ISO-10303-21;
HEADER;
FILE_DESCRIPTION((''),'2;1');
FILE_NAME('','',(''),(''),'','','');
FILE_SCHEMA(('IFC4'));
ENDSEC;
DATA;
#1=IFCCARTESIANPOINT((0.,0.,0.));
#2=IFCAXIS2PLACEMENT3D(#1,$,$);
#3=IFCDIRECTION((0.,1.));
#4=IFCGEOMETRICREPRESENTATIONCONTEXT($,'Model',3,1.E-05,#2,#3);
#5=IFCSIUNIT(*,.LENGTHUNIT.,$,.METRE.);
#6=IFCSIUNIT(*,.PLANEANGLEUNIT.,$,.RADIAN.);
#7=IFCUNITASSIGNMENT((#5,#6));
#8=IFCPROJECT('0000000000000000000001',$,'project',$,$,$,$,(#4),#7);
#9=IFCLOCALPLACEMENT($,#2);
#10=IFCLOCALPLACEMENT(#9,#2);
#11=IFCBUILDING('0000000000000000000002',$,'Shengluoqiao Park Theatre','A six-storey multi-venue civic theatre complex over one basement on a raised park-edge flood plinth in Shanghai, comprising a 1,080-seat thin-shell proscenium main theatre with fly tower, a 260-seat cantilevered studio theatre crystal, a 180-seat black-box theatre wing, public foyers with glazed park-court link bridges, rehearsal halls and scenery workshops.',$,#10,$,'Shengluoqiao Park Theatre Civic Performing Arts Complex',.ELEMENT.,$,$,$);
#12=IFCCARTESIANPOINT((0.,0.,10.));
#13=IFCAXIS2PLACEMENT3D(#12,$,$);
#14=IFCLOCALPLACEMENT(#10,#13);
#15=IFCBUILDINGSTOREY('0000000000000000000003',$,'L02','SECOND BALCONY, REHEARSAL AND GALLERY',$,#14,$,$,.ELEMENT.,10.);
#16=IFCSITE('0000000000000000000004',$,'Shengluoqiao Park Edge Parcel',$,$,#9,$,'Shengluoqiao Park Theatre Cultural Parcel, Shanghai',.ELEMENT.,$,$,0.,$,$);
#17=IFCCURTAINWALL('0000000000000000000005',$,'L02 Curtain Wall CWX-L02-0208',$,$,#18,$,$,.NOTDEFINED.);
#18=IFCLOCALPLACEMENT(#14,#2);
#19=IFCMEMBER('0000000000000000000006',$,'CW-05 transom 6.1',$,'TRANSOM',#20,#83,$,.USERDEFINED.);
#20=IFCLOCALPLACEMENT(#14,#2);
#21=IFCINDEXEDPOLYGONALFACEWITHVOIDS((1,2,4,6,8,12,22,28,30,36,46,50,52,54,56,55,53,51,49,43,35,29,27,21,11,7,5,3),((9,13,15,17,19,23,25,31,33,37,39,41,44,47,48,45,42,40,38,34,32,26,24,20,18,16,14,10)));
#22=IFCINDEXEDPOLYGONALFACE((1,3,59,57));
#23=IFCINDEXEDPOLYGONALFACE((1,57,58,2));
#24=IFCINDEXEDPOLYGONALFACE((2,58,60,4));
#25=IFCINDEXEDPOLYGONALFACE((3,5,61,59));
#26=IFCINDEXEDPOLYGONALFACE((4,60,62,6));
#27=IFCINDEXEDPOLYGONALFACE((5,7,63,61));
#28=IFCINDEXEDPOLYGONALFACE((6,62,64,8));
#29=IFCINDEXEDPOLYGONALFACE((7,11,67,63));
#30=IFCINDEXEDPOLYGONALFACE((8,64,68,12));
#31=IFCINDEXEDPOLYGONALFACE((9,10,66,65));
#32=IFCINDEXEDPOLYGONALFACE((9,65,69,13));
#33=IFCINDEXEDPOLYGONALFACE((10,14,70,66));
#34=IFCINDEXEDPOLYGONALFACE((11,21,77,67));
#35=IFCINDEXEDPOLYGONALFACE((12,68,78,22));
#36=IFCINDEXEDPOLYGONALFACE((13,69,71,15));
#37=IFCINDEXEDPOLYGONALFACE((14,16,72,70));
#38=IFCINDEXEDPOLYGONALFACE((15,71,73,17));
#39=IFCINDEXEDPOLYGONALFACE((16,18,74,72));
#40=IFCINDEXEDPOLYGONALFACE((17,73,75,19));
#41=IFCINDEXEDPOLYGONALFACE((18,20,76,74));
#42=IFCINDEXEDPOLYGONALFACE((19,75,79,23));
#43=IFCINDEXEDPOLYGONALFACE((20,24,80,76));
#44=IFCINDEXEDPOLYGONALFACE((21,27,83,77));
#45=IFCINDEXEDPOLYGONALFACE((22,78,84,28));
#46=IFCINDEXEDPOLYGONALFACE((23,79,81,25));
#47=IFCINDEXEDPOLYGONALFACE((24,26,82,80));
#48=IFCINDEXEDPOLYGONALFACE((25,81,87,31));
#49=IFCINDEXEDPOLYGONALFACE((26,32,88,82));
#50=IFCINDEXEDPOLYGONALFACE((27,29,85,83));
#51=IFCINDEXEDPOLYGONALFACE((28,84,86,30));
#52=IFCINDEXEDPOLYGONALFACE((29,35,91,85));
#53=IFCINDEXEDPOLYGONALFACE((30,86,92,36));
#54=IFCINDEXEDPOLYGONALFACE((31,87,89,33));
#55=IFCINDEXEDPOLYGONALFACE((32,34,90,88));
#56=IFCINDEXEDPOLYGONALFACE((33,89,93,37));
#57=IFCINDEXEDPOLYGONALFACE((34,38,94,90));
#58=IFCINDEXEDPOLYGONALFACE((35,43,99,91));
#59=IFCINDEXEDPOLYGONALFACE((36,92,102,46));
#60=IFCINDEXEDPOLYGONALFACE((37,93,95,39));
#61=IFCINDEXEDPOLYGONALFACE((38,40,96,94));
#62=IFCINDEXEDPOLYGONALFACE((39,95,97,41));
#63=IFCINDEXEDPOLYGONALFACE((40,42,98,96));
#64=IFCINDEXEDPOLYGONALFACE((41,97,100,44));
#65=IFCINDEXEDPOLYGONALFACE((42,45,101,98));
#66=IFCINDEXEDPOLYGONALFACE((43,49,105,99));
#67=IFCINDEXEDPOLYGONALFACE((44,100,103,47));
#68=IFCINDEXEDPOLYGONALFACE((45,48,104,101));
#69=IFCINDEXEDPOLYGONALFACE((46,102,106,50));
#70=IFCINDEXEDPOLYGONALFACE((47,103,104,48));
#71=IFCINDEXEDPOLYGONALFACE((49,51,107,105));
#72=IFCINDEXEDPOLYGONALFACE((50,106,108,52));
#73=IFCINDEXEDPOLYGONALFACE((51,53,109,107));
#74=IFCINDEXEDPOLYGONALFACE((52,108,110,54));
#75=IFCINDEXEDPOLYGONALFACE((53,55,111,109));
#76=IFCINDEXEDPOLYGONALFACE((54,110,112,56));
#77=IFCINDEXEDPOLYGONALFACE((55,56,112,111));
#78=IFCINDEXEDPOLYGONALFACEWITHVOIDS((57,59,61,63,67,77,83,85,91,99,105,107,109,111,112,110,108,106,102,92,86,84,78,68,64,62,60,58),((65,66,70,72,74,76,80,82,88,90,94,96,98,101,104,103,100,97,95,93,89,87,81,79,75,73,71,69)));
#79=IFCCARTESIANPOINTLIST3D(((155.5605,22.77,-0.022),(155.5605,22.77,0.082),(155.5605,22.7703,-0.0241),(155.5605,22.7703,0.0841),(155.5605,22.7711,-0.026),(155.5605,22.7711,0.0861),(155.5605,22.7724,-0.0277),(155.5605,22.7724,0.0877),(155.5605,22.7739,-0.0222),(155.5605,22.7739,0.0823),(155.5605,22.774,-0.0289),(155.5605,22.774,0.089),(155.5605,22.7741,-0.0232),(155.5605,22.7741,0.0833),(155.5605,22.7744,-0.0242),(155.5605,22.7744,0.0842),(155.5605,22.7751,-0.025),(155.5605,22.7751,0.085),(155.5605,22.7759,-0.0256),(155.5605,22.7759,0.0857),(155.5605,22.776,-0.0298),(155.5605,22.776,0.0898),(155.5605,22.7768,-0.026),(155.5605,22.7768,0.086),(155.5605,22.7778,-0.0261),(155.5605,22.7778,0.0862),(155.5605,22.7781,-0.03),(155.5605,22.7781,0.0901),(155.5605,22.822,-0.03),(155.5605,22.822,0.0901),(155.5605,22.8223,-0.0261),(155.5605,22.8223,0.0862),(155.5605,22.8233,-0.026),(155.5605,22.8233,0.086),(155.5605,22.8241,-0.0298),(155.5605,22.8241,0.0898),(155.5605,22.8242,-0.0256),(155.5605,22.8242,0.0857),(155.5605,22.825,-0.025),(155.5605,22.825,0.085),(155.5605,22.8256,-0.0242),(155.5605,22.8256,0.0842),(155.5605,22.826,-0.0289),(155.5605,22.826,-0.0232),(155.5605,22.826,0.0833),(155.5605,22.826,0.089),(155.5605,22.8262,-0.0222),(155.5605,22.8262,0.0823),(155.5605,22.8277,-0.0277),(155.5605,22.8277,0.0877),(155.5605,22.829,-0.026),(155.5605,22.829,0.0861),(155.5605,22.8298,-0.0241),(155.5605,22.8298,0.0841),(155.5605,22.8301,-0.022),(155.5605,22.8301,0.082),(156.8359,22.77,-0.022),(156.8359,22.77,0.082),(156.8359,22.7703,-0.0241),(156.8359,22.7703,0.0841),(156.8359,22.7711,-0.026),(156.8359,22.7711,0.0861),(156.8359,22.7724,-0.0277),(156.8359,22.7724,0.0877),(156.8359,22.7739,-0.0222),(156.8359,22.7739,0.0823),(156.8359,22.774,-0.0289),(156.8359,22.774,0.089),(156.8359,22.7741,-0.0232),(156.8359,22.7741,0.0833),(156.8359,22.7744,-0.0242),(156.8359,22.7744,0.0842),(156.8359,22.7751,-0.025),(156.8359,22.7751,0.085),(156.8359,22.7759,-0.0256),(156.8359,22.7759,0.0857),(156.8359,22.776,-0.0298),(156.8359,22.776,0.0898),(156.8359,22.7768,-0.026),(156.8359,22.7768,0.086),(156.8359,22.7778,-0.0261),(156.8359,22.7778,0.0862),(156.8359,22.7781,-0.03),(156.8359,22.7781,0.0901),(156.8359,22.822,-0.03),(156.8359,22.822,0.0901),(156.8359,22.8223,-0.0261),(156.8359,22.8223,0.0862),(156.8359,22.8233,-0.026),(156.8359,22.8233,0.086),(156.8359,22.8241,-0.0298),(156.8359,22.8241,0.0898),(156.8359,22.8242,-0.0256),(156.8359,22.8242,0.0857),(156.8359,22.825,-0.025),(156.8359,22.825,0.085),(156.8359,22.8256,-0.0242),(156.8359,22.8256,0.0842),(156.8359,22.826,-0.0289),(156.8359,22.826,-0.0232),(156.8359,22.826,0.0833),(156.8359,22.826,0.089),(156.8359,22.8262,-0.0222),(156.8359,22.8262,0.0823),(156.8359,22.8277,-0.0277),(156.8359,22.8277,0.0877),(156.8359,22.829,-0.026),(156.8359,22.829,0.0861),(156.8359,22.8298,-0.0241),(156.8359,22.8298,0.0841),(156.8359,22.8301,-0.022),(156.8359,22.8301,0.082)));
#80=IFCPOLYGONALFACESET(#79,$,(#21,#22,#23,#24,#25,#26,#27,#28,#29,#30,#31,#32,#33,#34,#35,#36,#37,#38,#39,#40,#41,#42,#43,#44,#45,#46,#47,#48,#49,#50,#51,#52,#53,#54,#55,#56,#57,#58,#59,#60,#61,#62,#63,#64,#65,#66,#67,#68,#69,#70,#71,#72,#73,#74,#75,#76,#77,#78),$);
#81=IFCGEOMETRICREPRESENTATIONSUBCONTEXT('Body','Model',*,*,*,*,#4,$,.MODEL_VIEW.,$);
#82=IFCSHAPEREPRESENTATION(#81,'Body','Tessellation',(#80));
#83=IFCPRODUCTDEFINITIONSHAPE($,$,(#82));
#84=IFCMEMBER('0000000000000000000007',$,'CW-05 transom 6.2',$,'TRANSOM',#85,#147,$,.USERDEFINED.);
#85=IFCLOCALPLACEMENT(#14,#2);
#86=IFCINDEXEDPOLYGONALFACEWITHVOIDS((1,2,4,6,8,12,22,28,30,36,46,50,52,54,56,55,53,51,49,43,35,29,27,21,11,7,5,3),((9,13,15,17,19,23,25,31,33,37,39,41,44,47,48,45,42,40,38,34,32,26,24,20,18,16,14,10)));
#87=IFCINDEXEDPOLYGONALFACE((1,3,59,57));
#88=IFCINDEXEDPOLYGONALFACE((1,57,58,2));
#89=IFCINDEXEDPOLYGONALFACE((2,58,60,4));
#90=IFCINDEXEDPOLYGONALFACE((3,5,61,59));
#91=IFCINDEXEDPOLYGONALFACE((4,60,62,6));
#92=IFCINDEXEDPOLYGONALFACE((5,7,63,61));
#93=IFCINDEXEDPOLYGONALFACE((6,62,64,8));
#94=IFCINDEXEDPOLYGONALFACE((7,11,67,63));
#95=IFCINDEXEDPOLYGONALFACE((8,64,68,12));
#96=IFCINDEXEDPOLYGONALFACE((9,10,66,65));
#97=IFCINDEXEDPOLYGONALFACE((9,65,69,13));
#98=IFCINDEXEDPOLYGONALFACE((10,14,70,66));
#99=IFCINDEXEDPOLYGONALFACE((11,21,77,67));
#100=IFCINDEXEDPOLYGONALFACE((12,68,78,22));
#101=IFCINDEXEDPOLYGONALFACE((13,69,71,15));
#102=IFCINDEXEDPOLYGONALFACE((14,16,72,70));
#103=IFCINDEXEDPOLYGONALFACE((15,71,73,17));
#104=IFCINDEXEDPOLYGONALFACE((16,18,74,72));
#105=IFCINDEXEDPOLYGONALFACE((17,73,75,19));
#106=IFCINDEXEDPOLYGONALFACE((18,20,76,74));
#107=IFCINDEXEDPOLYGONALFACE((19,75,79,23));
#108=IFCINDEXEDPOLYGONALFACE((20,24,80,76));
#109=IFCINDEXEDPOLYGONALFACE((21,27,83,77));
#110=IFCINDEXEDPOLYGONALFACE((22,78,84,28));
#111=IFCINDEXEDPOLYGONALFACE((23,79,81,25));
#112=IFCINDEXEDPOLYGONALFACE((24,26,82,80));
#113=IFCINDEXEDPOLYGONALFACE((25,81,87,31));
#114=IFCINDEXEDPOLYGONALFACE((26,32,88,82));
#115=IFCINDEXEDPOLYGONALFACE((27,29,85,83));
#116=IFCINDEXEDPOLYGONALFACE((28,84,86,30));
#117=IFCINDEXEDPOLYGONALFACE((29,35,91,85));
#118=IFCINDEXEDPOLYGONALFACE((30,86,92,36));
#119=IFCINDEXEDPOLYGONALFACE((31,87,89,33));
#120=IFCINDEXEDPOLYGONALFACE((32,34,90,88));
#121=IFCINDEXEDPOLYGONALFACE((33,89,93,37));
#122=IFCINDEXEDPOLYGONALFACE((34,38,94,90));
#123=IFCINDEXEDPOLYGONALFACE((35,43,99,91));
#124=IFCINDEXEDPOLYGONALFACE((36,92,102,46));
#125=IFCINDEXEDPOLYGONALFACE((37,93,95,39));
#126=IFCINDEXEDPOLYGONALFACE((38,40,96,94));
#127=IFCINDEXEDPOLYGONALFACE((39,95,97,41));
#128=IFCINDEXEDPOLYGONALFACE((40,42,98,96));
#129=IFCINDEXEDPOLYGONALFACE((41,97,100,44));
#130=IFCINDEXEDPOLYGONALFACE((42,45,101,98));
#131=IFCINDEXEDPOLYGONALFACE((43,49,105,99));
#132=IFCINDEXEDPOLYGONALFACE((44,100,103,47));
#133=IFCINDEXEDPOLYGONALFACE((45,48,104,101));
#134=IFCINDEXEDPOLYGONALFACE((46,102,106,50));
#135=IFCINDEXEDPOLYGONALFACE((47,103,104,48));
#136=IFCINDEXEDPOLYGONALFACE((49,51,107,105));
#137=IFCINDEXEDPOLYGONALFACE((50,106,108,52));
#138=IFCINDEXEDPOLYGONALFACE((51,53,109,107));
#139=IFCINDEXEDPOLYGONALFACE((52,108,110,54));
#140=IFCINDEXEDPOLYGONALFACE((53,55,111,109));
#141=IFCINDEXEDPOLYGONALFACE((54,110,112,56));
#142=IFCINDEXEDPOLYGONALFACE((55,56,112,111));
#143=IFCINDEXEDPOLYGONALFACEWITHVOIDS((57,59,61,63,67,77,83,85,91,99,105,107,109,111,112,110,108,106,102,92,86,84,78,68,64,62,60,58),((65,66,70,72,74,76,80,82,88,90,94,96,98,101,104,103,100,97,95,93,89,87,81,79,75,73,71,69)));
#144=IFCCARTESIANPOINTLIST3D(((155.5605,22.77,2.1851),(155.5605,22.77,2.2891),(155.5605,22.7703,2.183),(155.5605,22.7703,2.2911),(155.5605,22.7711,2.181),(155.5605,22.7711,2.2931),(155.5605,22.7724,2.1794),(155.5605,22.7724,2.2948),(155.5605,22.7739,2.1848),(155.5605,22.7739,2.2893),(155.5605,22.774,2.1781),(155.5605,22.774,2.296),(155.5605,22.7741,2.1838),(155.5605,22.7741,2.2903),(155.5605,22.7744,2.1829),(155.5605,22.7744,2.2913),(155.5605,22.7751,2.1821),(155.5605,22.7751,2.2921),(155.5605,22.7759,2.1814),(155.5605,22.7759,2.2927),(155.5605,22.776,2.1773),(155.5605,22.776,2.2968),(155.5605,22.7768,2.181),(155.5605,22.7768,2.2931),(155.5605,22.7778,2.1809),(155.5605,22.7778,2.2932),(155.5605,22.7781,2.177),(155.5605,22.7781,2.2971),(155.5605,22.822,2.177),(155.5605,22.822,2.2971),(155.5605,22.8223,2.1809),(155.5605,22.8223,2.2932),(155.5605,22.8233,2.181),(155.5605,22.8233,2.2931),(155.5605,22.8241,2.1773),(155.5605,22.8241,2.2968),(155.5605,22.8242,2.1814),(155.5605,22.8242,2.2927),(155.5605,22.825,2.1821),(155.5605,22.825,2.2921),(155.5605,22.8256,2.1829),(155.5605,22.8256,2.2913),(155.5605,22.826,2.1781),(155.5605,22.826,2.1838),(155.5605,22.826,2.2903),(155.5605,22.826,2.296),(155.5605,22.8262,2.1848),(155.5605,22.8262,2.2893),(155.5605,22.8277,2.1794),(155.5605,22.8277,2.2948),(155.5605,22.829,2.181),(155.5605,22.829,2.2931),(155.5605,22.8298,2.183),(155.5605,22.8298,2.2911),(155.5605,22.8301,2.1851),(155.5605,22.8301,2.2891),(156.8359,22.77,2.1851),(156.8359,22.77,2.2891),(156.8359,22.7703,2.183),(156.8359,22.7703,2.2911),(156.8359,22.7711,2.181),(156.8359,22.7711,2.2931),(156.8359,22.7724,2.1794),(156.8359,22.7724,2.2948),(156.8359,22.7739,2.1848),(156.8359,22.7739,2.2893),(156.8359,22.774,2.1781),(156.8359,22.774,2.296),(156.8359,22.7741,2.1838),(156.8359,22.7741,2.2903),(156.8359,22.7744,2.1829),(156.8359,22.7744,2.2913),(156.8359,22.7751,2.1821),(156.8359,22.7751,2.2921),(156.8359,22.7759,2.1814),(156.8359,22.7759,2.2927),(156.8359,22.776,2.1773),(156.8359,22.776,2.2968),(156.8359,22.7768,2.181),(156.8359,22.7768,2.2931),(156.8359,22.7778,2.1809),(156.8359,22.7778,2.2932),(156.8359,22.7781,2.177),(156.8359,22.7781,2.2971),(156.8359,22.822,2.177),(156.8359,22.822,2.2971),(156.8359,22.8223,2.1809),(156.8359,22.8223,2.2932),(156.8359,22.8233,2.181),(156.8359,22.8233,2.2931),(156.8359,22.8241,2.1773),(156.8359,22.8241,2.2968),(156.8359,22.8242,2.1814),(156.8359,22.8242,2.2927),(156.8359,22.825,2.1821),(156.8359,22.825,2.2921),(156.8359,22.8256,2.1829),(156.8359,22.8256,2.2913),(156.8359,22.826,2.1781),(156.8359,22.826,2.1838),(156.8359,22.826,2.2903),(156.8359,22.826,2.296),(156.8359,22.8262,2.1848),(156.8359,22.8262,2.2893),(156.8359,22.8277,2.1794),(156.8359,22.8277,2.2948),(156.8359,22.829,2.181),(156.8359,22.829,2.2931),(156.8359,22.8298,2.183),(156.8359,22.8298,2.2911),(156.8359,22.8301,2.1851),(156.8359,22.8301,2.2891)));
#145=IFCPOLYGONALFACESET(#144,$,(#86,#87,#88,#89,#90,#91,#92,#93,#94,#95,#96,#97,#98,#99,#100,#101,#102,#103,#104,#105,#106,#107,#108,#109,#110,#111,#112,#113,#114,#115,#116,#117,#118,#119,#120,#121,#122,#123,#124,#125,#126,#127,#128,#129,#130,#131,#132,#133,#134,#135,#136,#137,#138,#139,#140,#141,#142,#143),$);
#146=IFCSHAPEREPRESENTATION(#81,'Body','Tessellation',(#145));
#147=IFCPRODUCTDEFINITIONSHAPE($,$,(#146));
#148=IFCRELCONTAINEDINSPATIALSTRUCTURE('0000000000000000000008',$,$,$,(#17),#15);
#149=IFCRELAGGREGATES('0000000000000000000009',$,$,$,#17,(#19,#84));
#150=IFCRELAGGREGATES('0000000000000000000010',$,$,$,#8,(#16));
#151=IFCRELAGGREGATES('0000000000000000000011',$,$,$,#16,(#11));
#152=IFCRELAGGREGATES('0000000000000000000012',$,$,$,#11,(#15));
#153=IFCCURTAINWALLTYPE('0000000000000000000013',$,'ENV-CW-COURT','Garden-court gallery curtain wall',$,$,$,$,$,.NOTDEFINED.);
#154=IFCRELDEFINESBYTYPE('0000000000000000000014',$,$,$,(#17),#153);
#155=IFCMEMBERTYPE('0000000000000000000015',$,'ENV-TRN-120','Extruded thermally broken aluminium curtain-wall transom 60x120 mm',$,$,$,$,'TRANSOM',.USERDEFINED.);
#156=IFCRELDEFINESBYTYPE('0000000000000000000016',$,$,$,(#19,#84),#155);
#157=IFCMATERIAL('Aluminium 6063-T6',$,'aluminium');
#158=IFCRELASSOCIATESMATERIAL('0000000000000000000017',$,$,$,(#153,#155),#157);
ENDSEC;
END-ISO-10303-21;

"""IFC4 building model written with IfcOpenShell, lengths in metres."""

from ifc_helpers import new_model, si_unit, direction, frame, origin, origin_2d, place, context, subcontext, project, spatial, hollow_rectangle, extrude, material, material_profile, profile_set, type_object, element, aggregate, save


model = new_model("IFC4")

# Units and contexts
model_context = context("Model", 3, precision=1e-05, world=origin(), true_north=direction((0.0, 1.0)))
body_context = subcontext(model_context, "Body", "Model", "MODEL_VIEW")
ifc_project = project(units=[si_unit("LENGTHUNIT", "METRE"), si_unit("PLANEANGLEUNIT", "RADIAN")], contexts=[model_context])

# Site, building, storey
site_placement = place(None, origin())
site = spatial("IfcSite", under=ifc_project, at=site_placement, Name="Shengluoqiao Park Edge Parcel", LongName="Shengluoqiao Park Theatre Cultural Parcel, Shanghai", CompositionType="ELEMENT", RefElevation=0.0)
building_placement = place(site_placement, origin())
building = spatial("IfcBuilding", under=site, at=building_placement, Name="Shengluoqiao Park Theatre", Description="A six-storey multi-venue civic theatre complex over one basement on a raised park-edge flood plinth in Shanghai, comprising a 1,080-seat thin-shell proscenium main theatre with fly tower, a 260-seat cantilevered studio theatre crystal, a 180-seat black-box theatre wing, public foyers with glazed park-court link bridges, rehearsal halls and scenery workshops.", LongName="Shengluoqiao Park Theatre Civic Performing Arts Complex", CompositionType="ELEMENT")
storey_placement = place(building_placement, frame((0.0, 0.0, 10.0)))
storey = spatial("IfcBuildingStorey", under=building, at=storey_placement, Name="L02", Description="SECOND BALCONY, REHEARSAL AND GALLERY", CompositionType="ELEMENT", Elevation=10.0)

# Curtain wall, members
ifc_material_1 = material(Name="Aluminium 6063-T6", Category="aluminium")
curtain_wall_type = type_object("IfcCurtainWallType", Name="ENV-CW-COURT", Description="Garden-court gallery curtain wall", PredefinedType="NOTDEFINED", material=ifc_material_1)
curtain_wall_placement = place(storey_placement, origin())
curtain_wall = element("IfcCurtainWall", 1, at=curtain_wall_placement, inside=storey, type_object=curtain_wall_type, Name="L02 Curtain Wall CWX-L02-0208", PredefinedType="NOTDEFINED")
ifc_material_profile_1 = material_profile(ifc_material_1, hollow_rectangle(XDim=0.0601, YDim=0.1201, WallThickness=0.0039, InnerFilletRadius=0.0039, OuterFilletRadius=0.0081, at=origin_2d()), Name="ALU TRANSOM 120x60x4")
ifc_profile_set_1 = profile_set([ifc_material_profile_1], Name="Aluminium 6063-T6")
member_type_1 = type_object("IfcMemberType", Name="ENV-TRN-120", Description="Extruded thermally broken aluminium curtain-wall transom 60x120 mm", ElementType="TRANSOM", PredefinedType="USERDEFINED", material=ifc_profile_set_1)
member_1_placement = place(storey_placement, frame((155.5605, 22.8, 0.03), z_axis=(1.0, 0.0, 0.0), x_axis=(0.0, 1.0, 0.0)))
member_1 = element("IfcMember", 2, at=member_1_placement, type_object=member_type_1, Name="CW-05 transom 6.1", ObjectType="TRANSOM", PredefinedType="USERDEFINED", context=body_context, shape_type="SweptSolid", body=[
    extrude(hollow_rectangle(XDim=0.0601, YDim=0.1201, WallThickness=0.0039, InnerFilletRadius=0.0039, OuterFilletRadius=0.0081, at=origin_2d()), origin(), (0.0, 0.0, 1.0), 1.2754),
])
member_2_placement = place(storey_placement, frame((155.5605, 22.8, 2.2371), z_axis=(1.0, 0.0, 0.0), x_axis=(0.0, 1.0, 0.0)))
member_2 = element("IfcMember", 3, at=member_2_placement, type_object=member_type_1, Name="CW-05 transom 6.2", ObjectType="TRANSOM", PredefinedType="USERDEFINED", context=body_context, shape_type="SweptSolid", body=[
    extrude(hollow_rectangle(XDim=0.0601, YDim=0.1201, WallThickness=0.0039, InnerFilletRadius=0.0039, OuterFilletRadius=0.0081, at=origin_2d()), origin(), (0.0, 0.0, 1.0), 1.2754),
])

aggregate(curtain_wall, [member_1, member_2])

save(model, "model.ifc")
